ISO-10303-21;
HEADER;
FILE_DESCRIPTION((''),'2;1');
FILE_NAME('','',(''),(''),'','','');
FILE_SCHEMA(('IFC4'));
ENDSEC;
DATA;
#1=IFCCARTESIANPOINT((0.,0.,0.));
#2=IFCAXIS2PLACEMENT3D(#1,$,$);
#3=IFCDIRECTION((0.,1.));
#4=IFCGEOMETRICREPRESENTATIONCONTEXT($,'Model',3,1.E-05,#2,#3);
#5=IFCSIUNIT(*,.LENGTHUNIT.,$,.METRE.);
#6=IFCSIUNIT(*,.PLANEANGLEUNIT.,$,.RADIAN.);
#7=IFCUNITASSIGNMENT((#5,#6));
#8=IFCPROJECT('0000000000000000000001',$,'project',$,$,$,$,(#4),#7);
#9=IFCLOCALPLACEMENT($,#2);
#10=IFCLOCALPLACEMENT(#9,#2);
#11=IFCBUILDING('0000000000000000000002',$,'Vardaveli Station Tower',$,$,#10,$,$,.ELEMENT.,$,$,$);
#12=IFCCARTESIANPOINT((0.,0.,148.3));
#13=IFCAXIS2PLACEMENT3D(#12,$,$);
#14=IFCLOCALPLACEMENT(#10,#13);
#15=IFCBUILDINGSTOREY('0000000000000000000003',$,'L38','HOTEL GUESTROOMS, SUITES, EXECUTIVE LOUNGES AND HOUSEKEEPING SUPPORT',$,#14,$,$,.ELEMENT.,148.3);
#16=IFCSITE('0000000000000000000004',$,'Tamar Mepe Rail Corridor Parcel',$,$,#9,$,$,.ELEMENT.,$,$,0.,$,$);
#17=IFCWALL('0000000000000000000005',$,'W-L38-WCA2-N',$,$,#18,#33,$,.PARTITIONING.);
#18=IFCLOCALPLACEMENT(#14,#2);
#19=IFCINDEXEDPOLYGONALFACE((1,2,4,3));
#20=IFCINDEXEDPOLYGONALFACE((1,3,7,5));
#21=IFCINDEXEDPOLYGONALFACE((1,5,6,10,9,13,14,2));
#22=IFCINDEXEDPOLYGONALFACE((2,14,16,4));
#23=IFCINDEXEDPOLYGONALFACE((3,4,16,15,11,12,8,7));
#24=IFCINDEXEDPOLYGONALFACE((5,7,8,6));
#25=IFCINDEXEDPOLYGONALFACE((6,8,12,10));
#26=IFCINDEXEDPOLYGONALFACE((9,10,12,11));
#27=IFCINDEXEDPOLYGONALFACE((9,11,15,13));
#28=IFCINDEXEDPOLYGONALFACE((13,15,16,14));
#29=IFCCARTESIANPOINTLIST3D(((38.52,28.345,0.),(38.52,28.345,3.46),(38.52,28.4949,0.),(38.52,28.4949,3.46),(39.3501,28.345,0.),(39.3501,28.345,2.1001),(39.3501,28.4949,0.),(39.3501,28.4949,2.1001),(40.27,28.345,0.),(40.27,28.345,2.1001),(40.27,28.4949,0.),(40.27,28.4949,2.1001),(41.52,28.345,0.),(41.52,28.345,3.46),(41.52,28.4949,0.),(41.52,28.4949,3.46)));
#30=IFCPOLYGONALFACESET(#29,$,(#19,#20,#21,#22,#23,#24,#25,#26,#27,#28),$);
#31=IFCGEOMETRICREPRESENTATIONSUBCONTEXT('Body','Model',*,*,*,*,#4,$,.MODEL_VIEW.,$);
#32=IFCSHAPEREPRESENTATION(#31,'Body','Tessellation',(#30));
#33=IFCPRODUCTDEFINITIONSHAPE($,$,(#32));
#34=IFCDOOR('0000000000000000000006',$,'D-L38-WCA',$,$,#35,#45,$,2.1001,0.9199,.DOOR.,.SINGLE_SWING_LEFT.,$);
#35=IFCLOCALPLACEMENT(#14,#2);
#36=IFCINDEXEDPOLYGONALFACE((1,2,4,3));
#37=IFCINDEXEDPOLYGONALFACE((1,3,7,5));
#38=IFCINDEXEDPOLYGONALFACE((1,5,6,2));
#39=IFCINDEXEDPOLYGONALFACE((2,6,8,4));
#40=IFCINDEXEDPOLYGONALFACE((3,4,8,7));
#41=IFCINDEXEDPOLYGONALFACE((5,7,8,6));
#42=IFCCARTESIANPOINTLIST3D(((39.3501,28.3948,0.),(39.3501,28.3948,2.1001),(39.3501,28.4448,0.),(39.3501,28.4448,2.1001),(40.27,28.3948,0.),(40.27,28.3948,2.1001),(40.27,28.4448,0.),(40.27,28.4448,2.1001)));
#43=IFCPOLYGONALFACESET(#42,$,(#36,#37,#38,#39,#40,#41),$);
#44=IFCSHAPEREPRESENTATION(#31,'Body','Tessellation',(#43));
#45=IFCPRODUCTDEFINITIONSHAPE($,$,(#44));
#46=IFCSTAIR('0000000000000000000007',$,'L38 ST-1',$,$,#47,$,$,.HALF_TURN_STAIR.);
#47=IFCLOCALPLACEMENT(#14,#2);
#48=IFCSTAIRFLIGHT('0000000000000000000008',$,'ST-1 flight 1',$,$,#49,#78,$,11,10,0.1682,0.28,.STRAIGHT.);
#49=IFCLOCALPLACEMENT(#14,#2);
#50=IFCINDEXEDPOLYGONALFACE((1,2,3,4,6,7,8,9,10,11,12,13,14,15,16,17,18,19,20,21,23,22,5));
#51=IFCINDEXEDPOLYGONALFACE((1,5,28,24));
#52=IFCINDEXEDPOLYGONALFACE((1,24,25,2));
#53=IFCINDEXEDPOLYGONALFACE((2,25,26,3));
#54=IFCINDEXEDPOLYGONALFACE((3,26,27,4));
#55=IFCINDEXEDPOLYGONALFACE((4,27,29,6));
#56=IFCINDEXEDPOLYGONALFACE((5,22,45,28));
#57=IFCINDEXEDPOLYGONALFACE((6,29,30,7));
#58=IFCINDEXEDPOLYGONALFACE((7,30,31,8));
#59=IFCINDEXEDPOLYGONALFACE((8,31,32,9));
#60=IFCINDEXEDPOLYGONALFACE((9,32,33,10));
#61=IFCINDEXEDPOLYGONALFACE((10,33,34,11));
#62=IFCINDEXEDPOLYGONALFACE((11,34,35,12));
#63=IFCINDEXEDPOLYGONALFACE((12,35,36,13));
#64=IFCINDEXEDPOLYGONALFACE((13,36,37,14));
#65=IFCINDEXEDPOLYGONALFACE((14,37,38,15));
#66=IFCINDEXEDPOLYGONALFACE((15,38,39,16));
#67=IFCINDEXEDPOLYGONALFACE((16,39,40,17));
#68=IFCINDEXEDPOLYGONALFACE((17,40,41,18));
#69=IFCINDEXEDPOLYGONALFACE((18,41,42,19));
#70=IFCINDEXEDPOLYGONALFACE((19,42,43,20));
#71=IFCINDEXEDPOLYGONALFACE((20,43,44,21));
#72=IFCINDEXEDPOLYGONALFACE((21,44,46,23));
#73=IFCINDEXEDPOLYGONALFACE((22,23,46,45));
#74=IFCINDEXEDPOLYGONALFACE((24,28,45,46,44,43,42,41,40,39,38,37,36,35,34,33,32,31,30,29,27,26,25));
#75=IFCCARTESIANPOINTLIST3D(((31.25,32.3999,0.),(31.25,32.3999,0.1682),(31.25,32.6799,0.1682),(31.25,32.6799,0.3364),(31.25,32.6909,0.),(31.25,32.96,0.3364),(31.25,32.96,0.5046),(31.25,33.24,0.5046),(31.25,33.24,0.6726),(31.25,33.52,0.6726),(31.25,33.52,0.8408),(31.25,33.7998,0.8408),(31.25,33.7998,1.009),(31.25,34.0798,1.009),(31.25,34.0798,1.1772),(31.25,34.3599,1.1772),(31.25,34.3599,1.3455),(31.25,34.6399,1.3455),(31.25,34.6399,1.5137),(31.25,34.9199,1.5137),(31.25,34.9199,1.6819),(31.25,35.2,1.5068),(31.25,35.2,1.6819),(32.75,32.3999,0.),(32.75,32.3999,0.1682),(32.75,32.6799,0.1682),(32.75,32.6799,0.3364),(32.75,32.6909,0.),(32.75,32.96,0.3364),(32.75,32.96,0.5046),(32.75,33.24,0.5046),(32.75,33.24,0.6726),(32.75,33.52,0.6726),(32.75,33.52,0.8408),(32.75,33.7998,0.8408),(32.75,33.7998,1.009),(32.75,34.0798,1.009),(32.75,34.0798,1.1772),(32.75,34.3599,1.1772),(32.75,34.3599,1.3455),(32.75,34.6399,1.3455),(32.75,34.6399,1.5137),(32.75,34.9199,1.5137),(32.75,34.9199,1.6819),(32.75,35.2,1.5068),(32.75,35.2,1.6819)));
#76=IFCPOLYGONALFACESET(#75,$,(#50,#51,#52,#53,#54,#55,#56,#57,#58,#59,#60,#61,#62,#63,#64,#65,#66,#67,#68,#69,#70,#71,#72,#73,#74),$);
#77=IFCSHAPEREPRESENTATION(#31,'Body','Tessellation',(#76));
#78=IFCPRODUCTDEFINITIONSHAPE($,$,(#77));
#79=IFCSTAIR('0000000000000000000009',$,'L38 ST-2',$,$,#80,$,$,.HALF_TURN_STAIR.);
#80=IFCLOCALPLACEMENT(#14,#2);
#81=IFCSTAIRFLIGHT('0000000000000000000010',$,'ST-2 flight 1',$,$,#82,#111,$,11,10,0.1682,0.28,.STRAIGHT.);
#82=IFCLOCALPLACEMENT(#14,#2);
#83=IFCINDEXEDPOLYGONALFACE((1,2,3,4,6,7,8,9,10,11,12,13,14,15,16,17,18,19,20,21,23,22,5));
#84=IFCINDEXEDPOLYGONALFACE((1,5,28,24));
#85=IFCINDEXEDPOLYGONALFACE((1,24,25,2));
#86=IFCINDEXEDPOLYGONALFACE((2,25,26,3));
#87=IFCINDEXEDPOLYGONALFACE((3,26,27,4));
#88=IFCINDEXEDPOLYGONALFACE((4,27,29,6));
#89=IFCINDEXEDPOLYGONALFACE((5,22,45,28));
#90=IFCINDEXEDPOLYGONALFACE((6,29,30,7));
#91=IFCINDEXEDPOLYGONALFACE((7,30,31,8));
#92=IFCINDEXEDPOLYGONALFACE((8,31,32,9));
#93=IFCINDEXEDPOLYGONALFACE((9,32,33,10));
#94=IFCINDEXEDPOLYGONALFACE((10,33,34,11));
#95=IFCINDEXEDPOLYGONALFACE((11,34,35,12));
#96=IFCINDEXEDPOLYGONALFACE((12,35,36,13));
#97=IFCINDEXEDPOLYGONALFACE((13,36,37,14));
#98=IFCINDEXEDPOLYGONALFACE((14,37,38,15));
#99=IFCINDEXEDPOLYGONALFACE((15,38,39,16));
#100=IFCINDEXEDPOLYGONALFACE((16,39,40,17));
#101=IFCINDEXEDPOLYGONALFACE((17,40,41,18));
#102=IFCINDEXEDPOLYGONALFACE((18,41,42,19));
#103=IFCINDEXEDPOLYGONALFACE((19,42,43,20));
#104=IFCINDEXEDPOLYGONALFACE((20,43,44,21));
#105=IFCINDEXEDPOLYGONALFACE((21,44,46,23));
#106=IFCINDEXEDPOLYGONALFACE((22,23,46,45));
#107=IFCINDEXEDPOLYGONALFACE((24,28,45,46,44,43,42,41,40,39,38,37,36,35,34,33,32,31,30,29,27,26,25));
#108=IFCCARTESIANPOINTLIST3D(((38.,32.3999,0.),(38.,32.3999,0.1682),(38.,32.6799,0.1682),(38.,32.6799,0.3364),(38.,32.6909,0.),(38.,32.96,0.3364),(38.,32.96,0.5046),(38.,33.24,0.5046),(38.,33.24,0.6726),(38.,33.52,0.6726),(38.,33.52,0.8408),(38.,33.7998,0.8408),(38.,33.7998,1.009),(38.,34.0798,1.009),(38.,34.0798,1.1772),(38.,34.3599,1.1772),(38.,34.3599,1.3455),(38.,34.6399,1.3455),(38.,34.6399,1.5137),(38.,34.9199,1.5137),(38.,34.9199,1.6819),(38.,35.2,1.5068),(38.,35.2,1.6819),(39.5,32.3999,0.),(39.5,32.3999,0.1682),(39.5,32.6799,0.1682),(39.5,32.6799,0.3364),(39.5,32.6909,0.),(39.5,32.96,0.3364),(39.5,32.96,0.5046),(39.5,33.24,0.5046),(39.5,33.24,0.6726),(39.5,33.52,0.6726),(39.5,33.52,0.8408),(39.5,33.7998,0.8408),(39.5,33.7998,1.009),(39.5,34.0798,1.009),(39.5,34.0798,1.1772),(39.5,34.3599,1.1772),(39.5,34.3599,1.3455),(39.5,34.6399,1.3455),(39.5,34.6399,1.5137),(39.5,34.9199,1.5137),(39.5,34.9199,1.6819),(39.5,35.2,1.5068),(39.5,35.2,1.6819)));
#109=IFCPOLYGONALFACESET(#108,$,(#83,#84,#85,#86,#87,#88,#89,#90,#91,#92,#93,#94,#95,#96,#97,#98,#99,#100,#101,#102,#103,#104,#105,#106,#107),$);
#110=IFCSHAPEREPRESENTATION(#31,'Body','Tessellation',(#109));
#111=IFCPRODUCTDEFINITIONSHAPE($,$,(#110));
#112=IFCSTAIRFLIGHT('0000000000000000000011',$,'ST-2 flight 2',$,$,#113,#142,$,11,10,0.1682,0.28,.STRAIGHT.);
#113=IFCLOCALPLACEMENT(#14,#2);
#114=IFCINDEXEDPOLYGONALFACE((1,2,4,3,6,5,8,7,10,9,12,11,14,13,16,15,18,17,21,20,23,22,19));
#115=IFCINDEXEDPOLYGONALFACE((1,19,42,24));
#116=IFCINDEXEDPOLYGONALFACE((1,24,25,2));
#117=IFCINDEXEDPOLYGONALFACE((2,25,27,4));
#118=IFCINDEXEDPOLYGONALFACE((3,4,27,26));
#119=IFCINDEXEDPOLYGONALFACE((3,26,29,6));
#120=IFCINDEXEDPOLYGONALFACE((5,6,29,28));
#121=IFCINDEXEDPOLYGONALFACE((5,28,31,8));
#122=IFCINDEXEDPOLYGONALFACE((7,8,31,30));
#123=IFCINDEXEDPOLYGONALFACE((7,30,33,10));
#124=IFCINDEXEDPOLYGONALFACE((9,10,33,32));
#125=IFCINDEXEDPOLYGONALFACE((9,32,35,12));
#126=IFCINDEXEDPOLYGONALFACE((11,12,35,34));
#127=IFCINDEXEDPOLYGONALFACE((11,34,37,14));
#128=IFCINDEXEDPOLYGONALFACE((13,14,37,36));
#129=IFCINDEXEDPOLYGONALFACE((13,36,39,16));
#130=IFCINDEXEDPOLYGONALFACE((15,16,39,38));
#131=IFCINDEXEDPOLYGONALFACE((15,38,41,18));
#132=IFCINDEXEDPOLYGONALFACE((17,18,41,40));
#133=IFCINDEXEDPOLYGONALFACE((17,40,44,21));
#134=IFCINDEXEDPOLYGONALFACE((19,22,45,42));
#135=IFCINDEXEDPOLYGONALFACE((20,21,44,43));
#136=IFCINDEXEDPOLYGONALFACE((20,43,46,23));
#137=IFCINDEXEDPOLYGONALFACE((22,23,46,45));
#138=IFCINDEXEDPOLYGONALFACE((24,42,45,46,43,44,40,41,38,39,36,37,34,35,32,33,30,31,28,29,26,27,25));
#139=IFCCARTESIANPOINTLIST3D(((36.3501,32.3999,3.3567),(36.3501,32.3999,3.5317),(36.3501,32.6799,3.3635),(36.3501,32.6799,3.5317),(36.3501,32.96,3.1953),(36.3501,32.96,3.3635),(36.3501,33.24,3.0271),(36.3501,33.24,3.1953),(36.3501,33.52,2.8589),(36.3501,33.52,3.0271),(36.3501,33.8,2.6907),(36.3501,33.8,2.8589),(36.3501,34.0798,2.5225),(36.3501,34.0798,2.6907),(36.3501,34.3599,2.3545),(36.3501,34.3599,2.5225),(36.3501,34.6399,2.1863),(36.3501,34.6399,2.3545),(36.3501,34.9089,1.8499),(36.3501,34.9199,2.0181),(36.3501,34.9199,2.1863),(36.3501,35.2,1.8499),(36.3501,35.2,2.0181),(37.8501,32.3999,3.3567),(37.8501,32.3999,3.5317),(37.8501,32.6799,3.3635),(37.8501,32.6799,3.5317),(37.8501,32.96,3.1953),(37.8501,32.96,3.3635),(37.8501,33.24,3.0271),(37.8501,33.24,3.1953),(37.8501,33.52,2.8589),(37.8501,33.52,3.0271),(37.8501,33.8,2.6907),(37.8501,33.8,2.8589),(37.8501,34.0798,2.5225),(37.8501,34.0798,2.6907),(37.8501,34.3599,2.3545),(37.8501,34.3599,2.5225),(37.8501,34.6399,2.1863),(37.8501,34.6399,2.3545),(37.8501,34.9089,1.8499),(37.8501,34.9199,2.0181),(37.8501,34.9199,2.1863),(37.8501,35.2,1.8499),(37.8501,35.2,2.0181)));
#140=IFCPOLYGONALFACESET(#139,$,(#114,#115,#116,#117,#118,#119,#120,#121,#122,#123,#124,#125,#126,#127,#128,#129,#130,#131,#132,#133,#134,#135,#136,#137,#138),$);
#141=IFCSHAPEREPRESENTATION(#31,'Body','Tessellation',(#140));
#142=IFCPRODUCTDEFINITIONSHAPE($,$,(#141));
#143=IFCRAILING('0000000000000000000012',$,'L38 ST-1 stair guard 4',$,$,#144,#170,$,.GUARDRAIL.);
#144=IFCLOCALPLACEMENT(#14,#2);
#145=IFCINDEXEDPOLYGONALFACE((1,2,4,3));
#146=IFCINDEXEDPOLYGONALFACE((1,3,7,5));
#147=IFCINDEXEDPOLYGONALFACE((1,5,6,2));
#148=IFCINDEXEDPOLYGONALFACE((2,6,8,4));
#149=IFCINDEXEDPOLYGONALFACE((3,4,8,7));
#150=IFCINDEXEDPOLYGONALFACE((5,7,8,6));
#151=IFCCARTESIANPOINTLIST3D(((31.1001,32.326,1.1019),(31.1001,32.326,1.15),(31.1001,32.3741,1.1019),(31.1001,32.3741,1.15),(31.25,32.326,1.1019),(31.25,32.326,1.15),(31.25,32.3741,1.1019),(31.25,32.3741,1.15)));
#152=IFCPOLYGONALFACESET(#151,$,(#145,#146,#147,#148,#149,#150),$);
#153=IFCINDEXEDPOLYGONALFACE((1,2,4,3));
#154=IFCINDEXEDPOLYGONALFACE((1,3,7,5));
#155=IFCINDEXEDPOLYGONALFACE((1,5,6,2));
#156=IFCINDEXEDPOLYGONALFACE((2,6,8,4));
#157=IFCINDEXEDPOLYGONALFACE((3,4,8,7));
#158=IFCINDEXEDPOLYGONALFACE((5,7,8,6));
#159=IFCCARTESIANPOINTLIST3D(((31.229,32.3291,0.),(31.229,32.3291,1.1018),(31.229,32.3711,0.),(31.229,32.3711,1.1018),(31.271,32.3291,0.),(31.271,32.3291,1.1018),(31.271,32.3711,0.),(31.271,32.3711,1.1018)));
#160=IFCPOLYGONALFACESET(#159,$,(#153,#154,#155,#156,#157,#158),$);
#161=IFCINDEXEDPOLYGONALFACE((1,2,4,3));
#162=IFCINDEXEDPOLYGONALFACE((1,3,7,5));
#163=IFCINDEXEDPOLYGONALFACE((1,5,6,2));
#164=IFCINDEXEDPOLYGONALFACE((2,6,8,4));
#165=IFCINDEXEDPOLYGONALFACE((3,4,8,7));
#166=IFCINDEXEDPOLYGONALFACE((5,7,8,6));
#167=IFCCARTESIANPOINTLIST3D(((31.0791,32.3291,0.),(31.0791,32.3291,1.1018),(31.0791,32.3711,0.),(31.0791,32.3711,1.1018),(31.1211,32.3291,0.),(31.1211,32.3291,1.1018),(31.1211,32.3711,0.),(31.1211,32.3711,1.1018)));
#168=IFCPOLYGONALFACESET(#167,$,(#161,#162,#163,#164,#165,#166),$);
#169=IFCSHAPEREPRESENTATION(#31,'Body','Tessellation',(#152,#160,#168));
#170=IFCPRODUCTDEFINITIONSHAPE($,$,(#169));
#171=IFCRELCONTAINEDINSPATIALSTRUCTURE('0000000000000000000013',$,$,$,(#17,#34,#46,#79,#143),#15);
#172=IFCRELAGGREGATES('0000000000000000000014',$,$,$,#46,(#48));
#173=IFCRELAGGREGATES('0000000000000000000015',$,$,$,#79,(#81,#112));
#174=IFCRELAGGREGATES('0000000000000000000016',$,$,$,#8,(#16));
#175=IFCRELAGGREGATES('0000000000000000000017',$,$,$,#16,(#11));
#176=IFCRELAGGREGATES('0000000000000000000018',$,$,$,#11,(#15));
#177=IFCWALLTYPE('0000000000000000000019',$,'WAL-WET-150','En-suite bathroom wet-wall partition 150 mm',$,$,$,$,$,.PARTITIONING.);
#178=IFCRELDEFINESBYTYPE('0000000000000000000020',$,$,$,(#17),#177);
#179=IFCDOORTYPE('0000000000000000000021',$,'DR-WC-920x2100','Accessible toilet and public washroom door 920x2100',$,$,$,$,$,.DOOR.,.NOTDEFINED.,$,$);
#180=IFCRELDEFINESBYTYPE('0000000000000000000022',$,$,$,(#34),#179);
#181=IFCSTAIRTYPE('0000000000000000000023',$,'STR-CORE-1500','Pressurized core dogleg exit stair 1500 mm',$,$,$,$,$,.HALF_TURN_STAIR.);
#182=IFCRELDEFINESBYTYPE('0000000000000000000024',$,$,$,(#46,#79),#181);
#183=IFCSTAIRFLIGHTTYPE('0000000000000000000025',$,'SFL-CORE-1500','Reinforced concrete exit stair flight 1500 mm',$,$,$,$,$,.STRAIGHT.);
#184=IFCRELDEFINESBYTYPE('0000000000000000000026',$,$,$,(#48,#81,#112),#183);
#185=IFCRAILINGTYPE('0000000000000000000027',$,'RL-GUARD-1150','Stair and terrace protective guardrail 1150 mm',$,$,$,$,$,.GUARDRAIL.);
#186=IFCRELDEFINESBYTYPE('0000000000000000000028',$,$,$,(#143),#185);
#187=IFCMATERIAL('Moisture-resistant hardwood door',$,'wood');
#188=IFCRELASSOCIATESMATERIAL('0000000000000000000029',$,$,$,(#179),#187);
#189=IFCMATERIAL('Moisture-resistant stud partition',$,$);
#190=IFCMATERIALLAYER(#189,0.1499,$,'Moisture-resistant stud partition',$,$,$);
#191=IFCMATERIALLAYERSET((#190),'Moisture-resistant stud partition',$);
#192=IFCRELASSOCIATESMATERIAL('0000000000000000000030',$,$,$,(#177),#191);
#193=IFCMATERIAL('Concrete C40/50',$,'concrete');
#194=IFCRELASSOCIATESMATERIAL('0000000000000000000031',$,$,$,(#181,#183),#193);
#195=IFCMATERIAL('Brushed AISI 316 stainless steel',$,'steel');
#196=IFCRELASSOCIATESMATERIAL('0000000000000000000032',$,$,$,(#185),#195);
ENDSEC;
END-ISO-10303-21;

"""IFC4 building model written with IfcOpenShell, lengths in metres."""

from ifc_helpers import new_model, si_unit, direction, frame, frame_2d, origin, origin_2d, place, context, subcontext, project, spatial, polyline, rectangle, outline, extrude, source, transform, mapped, material, layer, layer_set, type_object, element, fill, aggregate, save


model = new_model("IFC4")

# Units and contexts
model_context = context("Model", 3, precision=1e-05, world=origin(), true_north=direction((0.0, 1.0)))
body_context = subcontext(model_context, "Body", "Model", "MODEL_VIEW")
ifc_project = project(units=[si_unit("LENGTHUNIT", "METRE"), si_unit("PLANEANGLEUNIT", "RADIAN")], contexts=[model_context])

# Site, building, storey
site_placement = place(None, origin())
site = spatial("IfcSite", under=ifc_project, at=site_placement, Name="Tamar Mepe Rail Corridor Parcel", CompositionType="ELEMENT", RefElevation=0.0)
building_placement = place(site_placement, origin())
building = spatial("IfcBuilding", under=site, at=building_placement, Name="Vardaveli Station Tower", CompositionType="ELEMENT")
storey_placement = place(building_placement, frame((0.0, 0.0, 148.3)))
storey = spatial("IfcBuildingStorey", under=building, at=storey_placement, Name="L38", Description="HOTEL GUESTROOMS, SUITES, EXECUTIVE LOUNGES AND HOUSEKEEPING SUPPORT", CompositionType="ELEMENT", Elevation=148.3)

# Shared definitions
ifc_material_1 = material(Name="Concrete C40/50", Category="concrete")

# Wall, opening, door
ifc_material_2 = material(Name="Moisture-resistant hardwood door", Category="wood")
door_type_1 = type_object("IfcDoorType", Name="DR-WC-920x2100", Description="Accessible toilet and public washroom door 920x2100", OperationType="NOTDEFINED", PredefinedType="DOOR", material=ifc_material_2)
shared_shape_1 = source(origin(), body_context, "Body", "SweptSolid", [
    extrude(rectangle(XDim=0.9199, YDim=2.1001, at=frame_2d((0.46, 1.05))), frame((0.0, 0.0249, 0.0), z_axis=(0.0, -1.0, 0.0), x_axis=(1.0, 0.0, 0.0)), (0.0, 0.0, 1.0), 0.05),
])
ifc_material_3 = material(Name="Moisture-resistant stud partition")
ifc_layer_1 = layer(ifc_material_3, 0.1499, Name="Moisture-resistant stud partition")
ifc_layer_set_1 = layer_set([ifc_layer_1], Name="Moisture-resistant stud partition")
wall_type_1 = type_object("IfcWallType", Name="WAL-WET-150", Description="En-suite bathroom wet-wall partition 150 mm", PredefinedType="PARTITIONING", material=ifc_layer_set_1)
shared_shape_2 = source(origin(), body_context, "Body", "SweptSolid", [
    extrude(rectangle(XDim=3.0, YDim=0.1499, at=frame_2d((1.5, 0.0))), origin(), (0.0, 0.0, 1.0), 3.46),
])
wall_1_placement = place(storey_placement, frame((38.52, 28.4199, 0.0), z_axis=(0.0, 0.0, 1.0), x_axis=(1.0, 0.0, 0.0)))
wall_1 = element("IfcWall", 1, at=wall_1_placement, inside=storey, type_object=wall_type_1, Name="W-L38-WCA2-N", PredefinedType="PARTITIONING", context=body_context, shape_type="MappedRepresentation", body=[
    mapped(shared_shape_2, transform((0.0, 0.0, 0.0), scale=1.0)),
])
shared_shape_3 = source(origin(), body_context, "Body", "SweptSolid", [
    extrude(rectangle(XDim=0.9199, YDim=2.1001, at=frame_2d((0.46, 1.05))), frame((0.0, 0.085, 0.0), z_axis=(0.0, -1.0, 0.0), x_axis=(1.0, 0.0, 0.0)), (0.0, 0.0, 1.0), 0.1699),
])
opening_1_placement = place(wall_1_placement, frame((0.8301, 0.0, 0.0)))
opening_1 = element("IfcOpeningElement", 2, at=opening_1_placement, cuts=wall_1, PredefinedType="OPENING", context=body_context, shape_type="MappedRepresentation", body=[
    mapped(shared_shape_3, transform((0.0, 0.0, 0.0), scale=1.0)),
])
door_1_placement = place(opening_1_placement, origin())
door_1 = element("IfcDoor", 3, at=door_1_placement, inside=storey, type_object=door_type_1, Name="D-L38-WCA", OperationType="SINGLE_SWING_LEFT", OverallHeight=2.1001, OverallWidth=0.9199, PredefinedType="DOOR", context=body_context, shape_type="MappedRepresentation", body=[
    mapped(shared_shape_1, transform((0.0, 0.0, 0.0), scale=1.0)),
])
fill(opening_1, door_1)

# Stair, stair flight
stair_type = type_object("IfcStairType", Name="STR-CORE-1500", Description="Pressurized core dogleg exit stair 1500 mm", PredefinedType="HALF_TURN_STAIR", material=ifc_material_1)
stair_1_placement = place(storey_placement, origin())
stair_1 = element("IfcStair", 4, at=stair_1_placement, inside=storey, type_object=stair_type, Name="L38 ST-1", PredefinedType="HALF_TURN_STAIR")
stair_flight_type = type_object("IfcStairFlightType", Name="SFL-CORE-1500", Description="Reinforced concrete exit stair flight 1500 mm", PredefinedType="STRAIGHT", material=ifc_material_1)
shared_shape_4 = source(origin(), body_context, "Body", "SweptSolid", [
    extrude(outline(polyline([(0.0, 0.0), (0.0, 0.1682), (0.28, 0.1682), (0.28, 0.3364), (0.5601, 0.3364), (0.5601, 0.5046), (0.8401, 0.5046), (0.8401, 0.6726), (1.1201, 0.6726), (1.1201, 0.8408), (1.3999, 0.8408), (1.3999, 1.009), (1.6799, 1.009), (1.6799, 1.1772), (1.96, 1.1772), (1.96, 1.3455), (2.24, 1.3455), (2.24, 1.5137), (2.52, 1.5137), (2.52, 1.6819), (2.8, 1.6819), (2.8, 1.8501), (2.8, 1.5068), (0.291, 0.0), (0.0, 0.0)])), frame((0.0, 0.75, 0.0), z_axis=(0.0, -1.0, 0.0), x_axis=(1.0, 0.0, 0.0)), (0.0, 0.0, 1.0), 1.5),
])
stair_flight_1_placement = place(storey_placement, frame((32.0, 32.3999, 0.0), z_axis=(0.0, 0.0, 1.0), x_axis=(0.0, 1.0, 0.0)))
stair_flight_1 = element("IfcStairFlight", 5, at=stair_flight_1_placement, type_object=stair_flight_type, Name="ST-1 flight 1", NumberOfRisers=11, NumberOfTreads=10, PredefinedType="STRAIGHT", RiserHeight=0.1682, TreadLength=0.28, context=body_context, shape_type="MappedRepresentation", body=[
    mapped(shared_shape_4, transform((0.0, 0.0, 0.0), scale=1.0)),
])
aggregate(stair_1, [stair_flight_1])

# Stair, stair flights
stair_2_placement = place(storey_placement, origin())
stair_2 = element("IfcStair", 6, at=stair_2_placement, inside=storey, type_object=stair_type, Name="L38 ST-2", PredefinedType="HALF_TURN_STAIR")
stair_flight_2_placement = place(storey_placement, frame((38.75, 32.3999, 0.0), z_axis=(0.0, 0.0, 1.0), x_axis=(0.0, 1.0, 0.0)))
stair_flight_2 = element("IfcStairFlight", 7, at=stair_flight_2_placement, type_object=stair_flight_type, Name="ST-2 flight 1", NumberOfRisers=11, NumberOfTreads=10, PredefinedType="STRAIGHT", RiserHeight=0.1682, TreadLength=0.28, context=body_context, shape_type="MappedRepresentation", body=[
    mapped(shared_shape_4, transform((0.0, 0.0, 0.0), scale=1.0)),
])
stair_flight_3_placement = place(storey_placement, frame((37.1001, 35.2, 1.8499), z_axis=(0.0, 0.0, 1.0), x_axis=(0.0, -1.0, 0.0)))
stair_flight_3 = element("IfcStairFlight", 8, at=stair_flight_3_placement, type_object=stair_flight_type, Name="ST-2 flight 2", NumberOfRisers=11, NumberOfTreads=10, PredefinedType="STRAIGHT", RiserHeight=0.1682, TreadLength=0.28, context=body_context, shape_type="MappedRepresentation", body=[
    mapped(shared_shape_4, transform((0.0, 0.0, 0.0), scale=1.0)),
])
aggregate(stair_2, [stair_flight_2, stair_flight_3])

# Railing
ifc_material_4 = material(Name="Brushed AISI 316 stainless steel", Category="steel")
railing_type_1 = type_object("IfcRailingType", Name="RL-GUARD-1150", Description="Stair and terrace protective guardrail 1150 mm", PredefinedType="GUARDRAIL", material=ifc_material_4)
shared_shape_5 = source(origin(), body_context, "Body", "SweptSolid", [
    extrude(rectangle(XDim=0.0481, YDim=0.0481, at=origin_2d()), frame((0.0, 0.0, 1.126), z_axis=(-1.0, 0.0, 0.0), x_axis=(0.0, -1.0, 0.0)), (0.0, 0.0, 1.0), 0.1499),
    extrude(rectangle(XDim=0.042, YDim=0.042, at=origin_2d()), origin(), (0.0, 0.0, 1.0), 1.1018),
    extrude(rectangle(XDim=0.042, YDim=0.042, at=origin_2d()), frame((-0.1499, 0.0, 0.0)), (0.0, 0.0, 1.0), 1.1018),
])
for number, where, name in (
    (9, (31.25, 32.3501, 0.0), "L38 ST-1 stair guard 4"),
):
    element("IfcRailing", number, at=place(storey_placement, frame(where)), inside=storey, type_object=railing_type_1, Name=name, PredefinedType="GUARDRAIL", context=body_context, shape_type="MappedRepresentation", body=[
        mapped(shared_shape_5, transform((0.0, 0.0, 0.0), scale=1.0)),
    ])

save(model, "model.ifc")
